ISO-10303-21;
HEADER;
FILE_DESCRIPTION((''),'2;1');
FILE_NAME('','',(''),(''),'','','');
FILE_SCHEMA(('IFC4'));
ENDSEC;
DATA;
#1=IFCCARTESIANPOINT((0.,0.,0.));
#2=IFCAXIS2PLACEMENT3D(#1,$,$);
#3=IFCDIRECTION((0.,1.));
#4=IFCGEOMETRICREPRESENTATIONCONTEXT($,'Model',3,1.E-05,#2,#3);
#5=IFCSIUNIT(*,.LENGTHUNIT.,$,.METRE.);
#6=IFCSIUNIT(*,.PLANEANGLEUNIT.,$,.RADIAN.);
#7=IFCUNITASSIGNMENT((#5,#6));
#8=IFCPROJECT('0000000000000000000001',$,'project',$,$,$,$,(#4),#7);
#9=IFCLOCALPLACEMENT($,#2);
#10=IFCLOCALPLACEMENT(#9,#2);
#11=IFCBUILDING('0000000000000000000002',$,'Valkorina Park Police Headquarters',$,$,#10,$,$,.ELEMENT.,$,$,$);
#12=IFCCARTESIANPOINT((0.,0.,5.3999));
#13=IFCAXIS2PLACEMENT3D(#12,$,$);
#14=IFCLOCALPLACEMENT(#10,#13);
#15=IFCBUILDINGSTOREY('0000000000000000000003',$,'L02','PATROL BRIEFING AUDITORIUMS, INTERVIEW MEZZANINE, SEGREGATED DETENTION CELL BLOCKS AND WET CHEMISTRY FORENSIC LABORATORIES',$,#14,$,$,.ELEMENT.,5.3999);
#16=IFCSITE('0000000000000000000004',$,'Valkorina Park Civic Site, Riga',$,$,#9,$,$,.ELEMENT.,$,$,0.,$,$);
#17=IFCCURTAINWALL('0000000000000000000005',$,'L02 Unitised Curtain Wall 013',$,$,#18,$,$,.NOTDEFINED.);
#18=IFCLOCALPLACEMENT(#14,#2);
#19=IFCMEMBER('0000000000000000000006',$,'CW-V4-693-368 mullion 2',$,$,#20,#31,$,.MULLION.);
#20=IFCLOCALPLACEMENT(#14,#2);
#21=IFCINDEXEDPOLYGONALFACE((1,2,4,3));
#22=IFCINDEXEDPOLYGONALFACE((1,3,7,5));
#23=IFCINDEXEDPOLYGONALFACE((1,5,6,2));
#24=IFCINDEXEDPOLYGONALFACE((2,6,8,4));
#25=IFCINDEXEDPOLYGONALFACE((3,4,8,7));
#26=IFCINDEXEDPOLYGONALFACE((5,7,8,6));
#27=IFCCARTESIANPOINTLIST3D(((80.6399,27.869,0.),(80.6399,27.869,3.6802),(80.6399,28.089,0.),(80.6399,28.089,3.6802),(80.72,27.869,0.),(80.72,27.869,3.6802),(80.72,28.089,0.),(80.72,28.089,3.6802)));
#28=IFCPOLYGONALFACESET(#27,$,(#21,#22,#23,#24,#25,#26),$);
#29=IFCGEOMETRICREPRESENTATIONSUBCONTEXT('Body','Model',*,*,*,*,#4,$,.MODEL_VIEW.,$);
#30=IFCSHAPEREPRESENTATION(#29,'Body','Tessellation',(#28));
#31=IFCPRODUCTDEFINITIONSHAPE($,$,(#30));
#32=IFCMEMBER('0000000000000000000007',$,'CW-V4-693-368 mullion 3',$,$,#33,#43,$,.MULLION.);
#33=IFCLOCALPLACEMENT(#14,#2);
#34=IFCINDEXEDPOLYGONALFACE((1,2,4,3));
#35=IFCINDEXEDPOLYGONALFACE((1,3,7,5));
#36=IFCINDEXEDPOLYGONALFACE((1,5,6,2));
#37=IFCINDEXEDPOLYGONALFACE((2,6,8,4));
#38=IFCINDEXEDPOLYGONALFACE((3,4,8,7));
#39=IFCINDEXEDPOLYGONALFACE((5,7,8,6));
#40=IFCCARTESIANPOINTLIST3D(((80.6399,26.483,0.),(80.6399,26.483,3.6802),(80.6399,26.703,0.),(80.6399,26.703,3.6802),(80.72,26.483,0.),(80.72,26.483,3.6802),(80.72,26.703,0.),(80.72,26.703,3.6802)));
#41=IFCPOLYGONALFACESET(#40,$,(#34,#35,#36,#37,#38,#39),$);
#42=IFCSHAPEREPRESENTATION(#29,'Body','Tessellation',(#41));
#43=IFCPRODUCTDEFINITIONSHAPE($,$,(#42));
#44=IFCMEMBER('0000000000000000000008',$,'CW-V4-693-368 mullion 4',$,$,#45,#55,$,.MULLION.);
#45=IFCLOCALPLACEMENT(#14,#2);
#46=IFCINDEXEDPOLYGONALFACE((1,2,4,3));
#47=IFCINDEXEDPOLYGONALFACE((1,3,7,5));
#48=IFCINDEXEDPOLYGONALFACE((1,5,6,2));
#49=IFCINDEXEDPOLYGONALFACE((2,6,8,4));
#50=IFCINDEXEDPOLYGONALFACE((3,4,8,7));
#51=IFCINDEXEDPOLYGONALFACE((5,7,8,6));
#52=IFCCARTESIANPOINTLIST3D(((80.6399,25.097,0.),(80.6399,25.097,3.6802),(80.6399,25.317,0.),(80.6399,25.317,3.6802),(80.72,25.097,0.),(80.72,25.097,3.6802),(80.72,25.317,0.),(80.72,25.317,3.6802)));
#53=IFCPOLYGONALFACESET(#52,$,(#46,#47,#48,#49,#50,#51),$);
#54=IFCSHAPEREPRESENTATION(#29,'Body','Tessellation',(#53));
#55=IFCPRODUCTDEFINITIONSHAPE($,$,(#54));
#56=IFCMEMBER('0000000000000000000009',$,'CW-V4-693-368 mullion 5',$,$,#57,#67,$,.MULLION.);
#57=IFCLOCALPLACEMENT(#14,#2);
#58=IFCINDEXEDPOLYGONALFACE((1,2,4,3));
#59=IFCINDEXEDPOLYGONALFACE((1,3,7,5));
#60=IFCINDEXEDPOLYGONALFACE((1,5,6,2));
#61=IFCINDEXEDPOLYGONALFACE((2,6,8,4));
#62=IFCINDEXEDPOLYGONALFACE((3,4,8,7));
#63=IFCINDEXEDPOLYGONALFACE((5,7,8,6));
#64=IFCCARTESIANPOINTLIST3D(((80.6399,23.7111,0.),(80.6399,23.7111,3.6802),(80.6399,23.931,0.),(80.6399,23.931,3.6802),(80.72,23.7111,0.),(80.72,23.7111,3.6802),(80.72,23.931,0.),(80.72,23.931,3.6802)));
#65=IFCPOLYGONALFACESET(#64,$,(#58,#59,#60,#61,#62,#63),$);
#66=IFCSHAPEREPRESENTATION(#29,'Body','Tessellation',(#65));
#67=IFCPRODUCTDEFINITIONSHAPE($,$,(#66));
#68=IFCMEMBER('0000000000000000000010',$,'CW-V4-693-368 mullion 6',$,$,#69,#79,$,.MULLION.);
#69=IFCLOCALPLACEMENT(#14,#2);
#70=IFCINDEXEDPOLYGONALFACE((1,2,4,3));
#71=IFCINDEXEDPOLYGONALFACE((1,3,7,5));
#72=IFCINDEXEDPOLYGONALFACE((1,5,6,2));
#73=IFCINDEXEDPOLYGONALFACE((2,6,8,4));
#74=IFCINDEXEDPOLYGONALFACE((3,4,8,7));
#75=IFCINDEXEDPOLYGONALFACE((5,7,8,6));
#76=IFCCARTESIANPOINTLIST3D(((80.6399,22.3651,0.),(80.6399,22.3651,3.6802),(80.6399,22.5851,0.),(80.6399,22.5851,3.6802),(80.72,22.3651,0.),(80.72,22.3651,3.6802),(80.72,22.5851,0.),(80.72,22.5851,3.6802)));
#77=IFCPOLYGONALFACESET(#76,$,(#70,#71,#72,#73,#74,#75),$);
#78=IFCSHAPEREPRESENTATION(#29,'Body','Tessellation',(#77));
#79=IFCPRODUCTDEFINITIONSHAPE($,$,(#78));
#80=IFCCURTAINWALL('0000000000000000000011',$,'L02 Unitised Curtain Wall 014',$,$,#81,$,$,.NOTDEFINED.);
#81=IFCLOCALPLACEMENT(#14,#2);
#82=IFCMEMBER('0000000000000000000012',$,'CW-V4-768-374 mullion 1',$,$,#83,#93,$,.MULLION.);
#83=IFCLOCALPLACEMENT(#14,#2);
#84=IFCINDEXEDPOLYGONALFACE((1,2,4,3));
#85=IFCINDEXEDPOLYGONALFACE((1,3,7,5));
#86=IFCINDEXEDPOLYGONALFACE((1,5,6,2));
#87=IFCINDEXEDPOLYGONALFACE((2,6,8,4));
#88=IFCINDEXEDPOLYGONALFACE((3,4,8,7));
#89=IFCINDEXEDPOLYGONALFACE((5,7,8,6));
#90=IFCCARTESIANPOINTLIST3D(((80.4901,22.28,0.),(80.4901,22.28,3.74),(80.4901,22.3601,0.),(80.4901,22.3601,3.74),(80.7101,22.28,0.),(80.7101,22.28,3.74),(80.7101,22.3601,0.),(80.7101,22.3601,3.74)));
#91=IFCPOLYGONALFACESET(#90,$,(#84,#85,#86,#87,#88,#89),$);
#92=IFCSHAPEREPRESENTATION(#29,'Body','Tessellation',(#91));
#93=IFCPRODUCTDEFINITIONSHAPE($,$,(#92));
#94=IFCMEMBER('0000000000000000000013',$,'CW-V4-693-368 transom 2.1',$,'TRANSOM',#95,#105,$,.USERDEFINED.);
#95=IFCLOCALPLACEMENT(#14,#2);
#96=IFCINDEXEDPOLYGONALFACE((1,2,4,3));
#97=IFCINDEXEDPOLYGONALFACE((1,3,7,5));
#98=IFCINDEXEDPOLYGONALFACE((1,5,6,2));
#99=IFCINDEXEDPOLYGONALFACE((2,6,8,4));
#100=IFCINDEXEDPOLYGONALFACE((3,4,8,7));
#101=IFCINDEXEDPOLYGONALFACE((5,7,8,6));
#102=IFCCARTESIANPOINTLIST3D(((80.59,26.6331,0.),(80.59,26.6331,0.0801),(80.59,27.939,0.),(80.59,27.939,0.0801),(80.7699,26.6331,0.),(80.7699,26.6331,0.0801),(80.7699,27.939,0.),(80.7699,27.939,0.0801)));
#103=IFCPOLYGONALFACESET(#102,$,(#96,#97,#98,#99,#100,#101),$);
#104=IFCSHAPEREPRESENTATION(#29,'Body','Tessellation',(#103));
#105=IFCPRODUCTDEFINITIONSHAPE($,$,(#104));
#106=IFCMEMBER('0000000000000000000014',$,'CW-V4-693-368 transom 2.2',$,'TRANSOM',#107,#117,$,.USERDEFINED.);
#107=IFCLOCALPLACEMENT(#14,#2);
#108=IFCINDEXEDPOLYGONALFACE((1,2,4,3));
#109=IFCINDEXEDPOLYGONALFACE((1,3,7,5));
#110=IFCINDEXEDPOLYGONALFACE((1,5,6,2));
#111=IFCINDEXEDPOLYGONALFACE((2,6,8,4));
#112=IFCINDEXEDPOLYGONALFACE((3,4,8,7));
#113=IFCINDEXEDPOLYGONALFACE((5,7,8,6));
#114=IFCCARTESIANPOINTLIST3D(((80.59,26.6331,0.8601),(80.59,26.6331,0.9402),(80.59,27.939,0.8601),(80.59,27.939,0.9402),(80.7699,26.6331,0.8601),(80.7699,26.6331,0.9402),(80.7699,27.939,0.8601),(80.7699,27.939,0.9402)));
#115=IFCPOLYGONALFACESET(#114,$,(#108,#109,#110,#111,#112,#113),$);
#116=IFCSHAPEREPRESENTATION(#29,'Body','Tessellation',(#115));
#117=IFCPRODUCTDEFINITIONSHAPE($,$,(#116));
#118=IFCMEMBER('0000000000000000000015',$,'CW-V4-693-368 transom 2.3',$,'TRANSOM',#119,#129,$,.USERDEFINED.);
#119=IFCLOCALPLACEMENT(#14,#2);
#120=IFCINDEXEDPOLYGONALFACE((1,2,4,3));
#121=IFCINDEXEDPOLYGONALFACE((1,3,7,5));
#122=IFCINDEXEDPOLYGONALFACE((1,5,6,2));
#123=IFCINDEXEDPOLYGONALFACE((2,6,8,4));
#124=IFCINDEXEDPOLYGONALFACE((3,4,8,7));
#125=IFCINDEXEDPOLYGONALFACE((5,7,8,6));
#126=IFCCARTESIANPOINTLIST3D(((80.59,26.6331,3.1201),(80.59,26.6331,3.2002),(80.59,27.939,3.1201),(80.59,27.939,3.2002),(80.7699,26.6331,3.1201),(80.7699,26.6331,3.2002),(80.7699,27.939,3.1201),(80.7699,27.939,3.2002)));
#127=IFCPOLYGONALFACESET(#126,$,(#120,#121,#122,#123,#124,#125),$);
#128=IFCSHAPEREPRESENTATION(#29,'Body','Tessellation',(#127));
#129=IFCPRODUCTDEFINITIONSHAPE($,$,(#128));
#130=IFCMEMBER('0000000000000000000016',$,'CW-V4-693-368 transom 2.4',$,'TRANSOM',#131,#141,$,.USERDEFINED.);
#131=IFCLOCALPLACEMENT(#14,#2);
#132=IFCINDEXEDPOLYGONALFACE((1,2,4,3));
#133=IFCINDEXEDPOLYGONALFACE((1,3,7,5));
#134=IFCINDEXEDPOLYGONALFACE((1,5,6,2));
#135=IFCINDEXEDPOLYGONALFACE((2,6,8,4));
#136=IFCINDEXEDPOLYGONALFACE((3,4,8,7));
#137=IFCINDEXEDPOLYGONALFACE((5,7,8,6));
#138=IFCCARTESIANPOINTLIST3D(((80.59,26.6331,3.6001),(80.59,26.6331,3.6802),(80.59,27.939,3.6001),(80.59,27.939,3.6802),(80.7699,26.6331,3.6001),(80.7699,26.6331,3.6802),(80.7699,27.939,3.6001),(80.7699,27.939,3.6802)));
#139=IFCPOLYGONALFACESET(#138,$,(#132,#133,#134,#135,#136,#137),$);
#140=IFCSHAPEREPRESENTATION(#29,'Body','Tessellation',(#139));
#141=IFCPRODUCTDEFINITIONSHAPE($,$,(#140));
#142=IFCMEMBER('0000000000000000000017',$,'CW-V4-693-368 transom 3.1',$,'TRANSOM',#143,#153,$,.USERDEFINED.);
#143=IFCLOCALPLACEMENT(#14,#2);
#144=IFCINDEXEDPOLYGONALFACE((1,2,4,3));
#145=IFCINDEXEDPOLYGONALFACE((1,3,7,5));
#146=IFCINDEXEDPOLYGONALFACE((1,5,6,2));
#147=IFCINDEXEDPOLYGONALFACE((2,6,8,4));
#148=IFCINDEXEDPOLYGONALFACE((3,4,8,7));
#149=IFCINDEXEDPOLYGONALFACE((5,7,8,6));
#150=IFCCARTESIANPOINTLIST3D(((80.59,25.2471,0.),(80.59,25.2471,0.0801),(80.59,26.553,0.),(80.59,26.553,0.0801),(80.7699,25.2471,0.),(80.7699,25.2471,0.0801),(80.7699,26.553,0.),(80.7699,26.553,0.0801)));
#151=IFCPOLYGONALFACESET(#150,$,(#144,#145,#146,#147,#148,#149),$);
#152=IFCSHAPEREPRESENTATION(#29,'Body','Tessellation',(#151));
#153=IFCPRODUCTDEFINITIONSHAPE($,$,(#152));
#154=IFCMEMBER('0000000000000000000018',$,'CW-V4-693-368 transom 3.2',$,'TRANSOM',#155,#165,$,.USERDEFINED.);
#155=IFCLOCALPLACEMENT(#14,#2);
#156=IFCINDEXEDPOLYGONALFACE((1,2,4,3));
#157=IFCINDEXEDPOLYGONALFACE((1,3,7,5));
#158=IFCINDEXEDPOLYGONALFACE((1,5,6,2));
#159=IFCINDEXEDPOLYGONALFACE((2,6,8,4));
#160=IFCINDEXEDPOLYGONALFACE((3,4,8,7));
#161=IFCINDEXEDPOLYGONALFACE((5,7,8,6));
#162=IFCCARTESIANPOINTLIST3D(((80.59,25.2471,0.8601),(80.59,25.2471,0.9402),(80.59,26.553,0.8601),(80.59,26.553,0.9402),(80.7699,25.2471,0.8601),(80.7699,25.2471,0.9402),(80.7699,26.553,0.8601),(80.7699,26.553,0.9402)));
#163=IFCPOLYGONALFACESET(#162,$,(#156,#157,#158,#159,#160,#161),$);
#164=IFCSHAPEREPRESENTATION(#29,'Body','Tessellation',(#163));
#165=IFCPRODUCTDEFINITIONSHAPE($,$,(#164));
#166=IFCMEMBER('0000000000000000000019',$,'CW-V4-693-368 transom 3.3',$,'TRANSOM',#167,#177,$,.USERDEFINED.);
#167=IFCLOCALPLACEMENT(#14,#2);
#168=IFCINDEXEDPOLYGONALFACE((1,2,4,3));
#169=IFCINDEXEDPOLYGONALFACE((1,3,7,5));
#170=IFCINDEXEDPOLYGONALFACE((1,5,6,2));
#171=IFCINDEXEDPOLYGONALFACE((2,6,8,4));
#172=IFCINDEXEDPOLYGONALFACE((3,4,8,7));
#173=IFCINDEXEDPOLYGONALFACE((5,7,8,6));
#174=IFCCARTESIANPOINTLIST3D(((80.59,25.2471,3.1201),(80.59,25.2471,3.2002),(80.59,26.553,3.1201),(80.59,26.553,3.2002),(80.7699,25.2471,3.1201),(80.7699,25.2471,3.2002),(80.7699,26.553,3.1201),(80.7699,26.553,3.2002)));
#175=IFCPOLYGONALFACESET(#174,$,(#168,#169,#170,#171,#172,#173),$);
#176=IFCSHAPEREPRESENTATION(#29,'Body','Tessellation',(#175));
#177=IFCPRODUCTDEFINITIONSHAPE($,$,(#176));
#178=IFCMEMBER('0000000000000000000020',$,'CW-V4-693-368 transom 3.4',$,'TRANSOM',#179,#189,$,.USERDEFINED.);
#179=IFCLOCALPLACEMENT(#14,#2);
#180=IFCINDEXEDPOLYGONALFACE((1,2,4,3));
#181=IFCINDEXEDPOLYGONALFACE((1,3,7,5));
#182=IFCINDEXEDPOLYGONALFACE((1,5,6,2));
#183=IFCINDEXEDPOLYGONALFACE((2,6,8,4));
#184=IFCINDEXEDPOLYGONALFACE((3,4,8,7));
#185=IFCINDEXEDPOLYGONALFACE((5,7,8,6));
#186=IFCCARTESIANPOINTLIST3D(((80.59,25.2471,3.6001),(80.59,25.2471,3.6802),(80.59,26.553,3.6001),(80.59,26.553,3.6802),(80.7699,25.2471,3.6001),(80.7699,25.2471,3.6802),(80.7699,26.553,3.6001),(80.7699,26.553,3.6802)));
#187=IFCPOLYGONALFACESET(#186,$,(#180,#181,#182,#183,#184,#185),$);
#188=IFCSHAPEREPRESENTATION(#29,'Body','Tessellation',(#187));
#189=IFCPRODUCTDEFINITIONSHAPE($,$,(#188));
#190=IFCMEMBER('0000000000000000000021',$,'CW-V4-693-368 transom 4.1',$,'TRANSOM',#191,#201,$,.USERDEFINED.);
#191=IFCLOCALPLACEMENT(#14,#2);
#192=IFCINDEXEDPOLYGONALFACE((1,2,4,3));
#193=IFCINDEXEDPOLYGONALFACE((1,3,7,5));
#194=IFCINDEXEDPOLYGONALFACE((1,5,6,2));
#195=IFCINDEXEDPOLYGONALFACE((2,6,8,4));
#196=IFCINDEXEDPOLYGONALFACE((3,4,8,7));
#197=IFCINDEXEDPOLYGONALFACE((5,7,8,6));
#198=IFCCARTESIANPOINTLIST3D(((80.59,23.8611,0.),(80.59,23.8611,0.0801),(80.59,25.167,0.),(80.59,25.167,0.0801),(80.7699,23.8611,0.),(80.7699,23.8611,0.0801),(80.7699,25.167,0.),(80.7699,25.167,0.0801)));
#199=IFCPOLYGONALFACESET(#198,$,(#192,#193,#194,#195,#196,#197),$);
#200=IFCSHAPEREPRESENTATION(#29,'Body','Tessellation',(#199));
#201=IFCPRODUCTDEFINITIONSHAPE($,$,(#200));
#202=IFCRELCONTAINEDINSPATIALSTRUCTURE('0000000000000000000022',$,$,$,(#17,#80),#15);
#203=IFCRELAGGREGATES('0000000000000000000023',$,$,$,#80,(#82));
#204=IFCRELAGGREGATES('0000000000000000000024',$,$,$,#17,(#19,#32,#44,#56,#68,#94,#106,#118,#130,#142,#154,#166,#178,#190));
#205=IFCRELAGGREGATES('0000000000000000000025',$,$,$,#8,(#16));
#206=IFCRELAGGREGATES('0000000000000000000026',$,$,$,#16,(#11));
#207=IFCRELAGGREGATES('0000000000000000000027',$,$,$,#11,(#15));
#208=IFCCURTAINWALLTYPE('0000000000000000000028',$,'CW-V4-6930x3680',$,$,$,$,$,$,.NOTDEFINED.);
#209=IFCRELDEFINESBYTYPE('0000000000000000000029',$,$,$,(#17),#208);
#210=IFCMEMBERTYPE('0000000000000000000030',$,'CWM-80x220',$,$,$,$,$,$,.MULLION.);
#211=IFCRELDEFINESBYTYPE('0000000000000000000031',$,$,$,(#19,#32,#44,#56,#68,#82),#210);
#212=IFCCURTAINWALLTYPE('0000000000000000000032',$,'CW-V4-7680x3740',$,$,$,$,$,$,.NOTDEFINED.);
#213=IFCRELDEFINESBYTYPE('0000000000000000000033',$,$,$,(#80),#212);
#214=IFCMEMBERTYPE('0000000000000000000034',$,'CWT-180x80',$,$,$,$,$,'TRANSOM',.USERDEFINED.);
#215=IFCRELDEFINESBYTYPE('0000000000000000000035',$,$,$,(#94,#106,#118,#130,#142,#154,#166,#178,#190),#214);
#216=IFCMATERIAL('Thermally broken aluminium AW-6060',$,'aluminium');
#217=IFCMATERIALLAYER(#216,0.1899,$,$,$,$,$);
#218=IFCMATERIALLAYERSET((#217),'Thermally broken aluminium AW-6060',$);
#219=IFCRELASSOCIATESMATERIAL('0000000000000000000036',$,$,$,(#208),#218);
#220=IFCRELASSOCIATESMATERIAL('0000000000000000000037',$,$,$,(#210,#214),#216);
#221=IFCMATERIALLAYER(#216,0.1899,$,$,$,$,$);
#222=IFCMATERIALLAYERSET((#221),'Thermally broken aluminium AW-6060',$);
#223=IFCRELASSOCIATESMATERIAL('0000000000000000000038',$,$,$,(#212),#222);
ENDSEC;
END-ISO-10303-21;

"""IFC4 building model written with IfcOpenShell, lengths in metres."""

from ifc_helpers import new_model, si_unit, direction, frame, origin, origin_2d, place, context, subcontext, project, spatial, rectangle, extrude, material, layer, layer_set, material_profile, profile_set, type_object, element, aggregate, save


model = new_model("IFC4")

# Units and contexts
model_context = context("Model", 3, precision=1e-05, world=origin(), true_north=direction((0.0, 1.0)))
body_context = subcontext(model_context, "Body", "Model", "MODEL_VIEW")
ifc_project = project(units=[si_unit("LENGTHUNIT", "METRE"), si_unit("PLANEANGLEUNIT", "RADIAN")], contexts=[model_context])

# Site, building, storey
site_placement = place(None, origin())
site = spatial("IfcSite", under=ifc_project, at=site_placement, Name="Valkorina Park Civic Site, Riga", CompositionType="ELEMENT", RefElevation=0.0)
building_placement = place(site_placement, origin())
building = spatial("IfcBuilding", under=site, at=building_placement, Name="Valkorina Park Police Headquarters", CompositionType="ELEMENT")
storey_placement = place(building_placement, frame((0.0, 0.0, 5.3999)))
storey = spatial("IfcBuildingStorey", under=building, at=storey_placement, Name="L02", Description="PATROL BRIEFING AUDITORIUMS, INTERVIEW MEZZANINE, SEGREGATED DETENTION CELL BLOCKS AND WET CHEMISTRY FORENSIC LABORATORIES", CompositionType="ELEMENT", Elevation=5.3999)

# Curtain wall, members
ifc_material_1 = material(Name="Thermally broken aluminium AW-6060", Category="aluminium")
ifc_layer_1 = layer(ifc_material_1, 0.1899)
ifc_layer_set_1 = layer_set([ifc_layer_1], Name="Thermally broken aluminium AW-6060")
curtain_wall_type_1 = type_object("IfcCurtainWallType", Name="CW-V4-6930x3680", PredefinedType="NOTDEFINED", material=ifc_layer_set_1)
curtain_wall_1_placement = place(storey_placement, origin())
curtain_wall_1 = element("IfcCurtainWall", 1, at=curtain_wall_1_placement, inside=storey, type_object=curtain_wall_type_1, Name="L02 Unitised Curtain Wall 013", PredefinedType="NOTDEFINED")
ifc_material_profile_1 = material_profile(ifc_material_1, rectangle(XDim=0.0801, YDim=0.22, at=origin_2d()), Name="CWM-03 80x220")
ifc_profile_set_1 = profile_set([ifc_material_profile_1], Name="Thermally broken aluminium AW-6060")
member_type_1 = type_object("IfcMemberType", Name="CWM-80x220", PredefinedType="MULLION", material=ifc_profile_set_1)
member_1_placement = place(storey_placement, frame((80.6799, 27.979, 0.0), z_axis=(0.0, 0.0, 1.0), x_axis=(1.0, 0.0, 0.0)))
member_1 = element("IfcMember", 2, at=member_1_placement, type_object=member_type_1, Name="CW-V4-693-368 mullion 2", PredefinedType="MULLION", context=body_context, shape_type="SweptSolid", body=[
    extrude(rectangle(XDim=0.0801, YDim=0.22, at=origin_2d()), origin(), (0.0, 0.0, 1.0), 3.6802),
])
member_2_placement = place(storey_placement, frame((80.6799, 26.593, 0.0), z_axis=(0.0, 0.0, 1.0), x_axis=(1.0, 0.0, 0.0)))
member_2 = element("IfcMember", 3, at=member_2_placement, type_object=member_type_1, Name="CW-V4-693-368 mullion 3", PredefinedType="MULLION", context=body_context, shape_type="SweptSolid", body=[
    extrude(rectangle(XDim=0.0801, YDim=0.22, at=origin_2d()), origin(), (0.0, 0.0, 1.0), 3.6802),
])
member_3_placement = place(storey_placement, frame((80.6799, 25.207, 0.0), z_axis=(0.0, 0.0, 1.0), x_axis=(1.0, 0.0, 0.0)))
member_3 = element("IfcMember", 4, at=member_3_placement, type_object=member_type_1, Name="CW-V4-693-368 mullion 4", PredefinedType="MULLION", context=body_context, shape_type="SweptSolid", body=[
    extrude(rectangle(XDim=0.0801, YDim=0.22, at=origin_2d()), origin(), (0.0, 0.0, 1.0), 3.6802),
])
member_4_placement = place(storey_placement, frame((80.6799, 23.821, 0.0), z_axis=(0.0, 0.0, 1.0), x_axis=(1.0, 0.0, 0.0)))
member_4 = element("IfcMember", 5, at=member_4_placement, type_object=member_type_1, Name="CW-V4-693-368 mullion 5", PredefinedType="MULLION", context=body_context, shape_type="SweptSolid", body=[
    extrude(rectangle(XDim=0.0801, YDim=0.22, at=origin_2d()), origin(), (0.0, 0.0, 1.0), 3.6802),
])
member_5_placement = place(storey_placement, frame((80.6799, 22.4751, 0.0), z_axis=(0.0, 0.0, 1.0), x_axis=(1.0, 0.0, 0.0)))
member_5 = element("IfcMember", 6, at=member_5_placement, type_object=member_type_1, Name="CW-V4-693-368 mullion 6", PredefinedType="MULLION", context=body_context, shape_type="SweptSolid", body=[
    extrude(rectangle(XDim=0.0801, YDim=0.22, at=origin_2d()), origin(), (0.0, 0.0, 1.0), 3.6802),
])

# Curtain wall, member
ifc_layer_2 = layer(ifc_material_1, 0.1899)
ifc_layer_set_2 = layer_set([ifc_layer_2], Name="Thermally broken aluminium AW-6060")
curtain_wall_type_2 = type_object("IfcCurtainWallType", Name="CW-V4-7680x3740", PredefinedType="NOTDEFINED", material=ifc_layer_set_2)
curtain_wall_2_placement = place(storey_placement, origin())
curtain_wall_2 = element("IfcCurtainWall", 7, at=curtain_wall_2_placement, inside=storey, type_object=curtain_wall_type_2, Name="L02 Unitised Curtain Wall 014", PredefinedType="NOTDEFINED")
member_6_placement = place(storey_placement, frame((80.6001, 22.3201, 0.0), z_axis=(0.0, 0.0, 1.0), x_axis=(0.0, -1.0, 0.0)))
member_6 = element("IfcMember", 8, at=member_6_placement, type_object=member_type_1, Name="CW-V4-768-374 mullion 1", PredefinedType="MULLION", context=body_context, shape_type="SweptSolid", body=[
    extrude(rectangle(XDim=0.0801, YDim=0.22, at=origin_2d()), origin(), (0.0, 0.0, 1.0), 3.74),
])
aggregate(curtain_wall_2, [member_6])

# Members
ifc_material_profile_2 = material_profile(ifc_material_1, rectangle(XDim=0.1799, YDim=0.0801, at=origin_2d()), Name="CWT-03 180x80")
ifc_profile_set_2 = profile_set([ifc_material_profile_2], Name="Thermally broken aluminium AW-6060")
member_type_2 = type_object("IfcMemberType", Name="CWT-180x80", ElementType="TRANSOM", PredefinedType="USERDEFINED", material=ifc_profile_set_2)
member_7_placement = place(storey_placement, frame((80.6799, 27.939, 0.04), z_axis=(0.0, -1.0, 0.0), x_axis=(1.0, 0.0, 0.0)))
member_7 = element("IfcMember", 9, at=member_7_placement, type_object=member_type_2, Name="CW-V4-693-368 transom 2.1", ObjectType="TRANSOM", PredefinedType="USERDEFINED", context=body_context, shape_type="SweptSolid", body=[
    extrude(rectangle(XDim=0.1799, YDim=0.0801, at=origin_2d()), origin(), (0.0, 0.0, 1.0), 1.3059),
])
member_8_placement = place(storey_placement, frame((80.6799, 27.939, 0.9001), z_axis=(0.0, -1.0, 0.0), x_axis=(1.0, 0.0, 0.0)))
member_8 = element("IfcMember", 10, at=member_8_placement, type_object=member_type_2, Name="CW-V4-693-368 transom 2.2", ObjectType="TRANSOM", PredefinedType="USERDEFINED", context=body_context, shape_type="SweptSolid", body=[
    extrude(rectangle(XDim=0.1799, YDim=0.0801, at=origin_2d()), origin(), (0.0, 0.0, 1.0), 1.3059),
])
member_9_placement = place(storey_placement, frame((80.6799, 27.939, 3.1602), z_axis=(0.0, -1.0, 0.0), x_axis=(1.0, 0.0, 0.0)))
member_9 = element("IfcMember", 11, at=member_9_placement, type_object=member_type_2, Name="CW-V4-693-368 transom 2.3", ObjectType="TRANSOM", PredefinedType="USERDEFINED", context=body_context, shape_type="SweptSolid", body=[
    extrude(rectangle(XDim=0.1799, YDim=0.0801, at=origin_2d()), origin(), (0.0, 0.0, 1.0), 1.3059),
])
member_10_placement = place(storey_placement, frame((80.6799, 27.939, 3.6401), z_axis=(0.0, -1.0, 0.0), x_axis=(1.0, 0.0, 0.0)))
member_10 = element("IfcMember", 12, at=member_10_placement, type_object=member_type_2, Name="CW-V4-693-368 transom 2.4", ObjectType="TRANSOM", PredefinedType="USERDEFINED", context=body_context, shape_type="SweptSolid", body=[
    extrude(rectangle(XDim=0.1799, YDim=0.0801, at=origin_2d()), origin(), (0.0, 0.0, 1.0), 1.3059),
])
member_11_placement = place(storey_placement, frame((80.6799, 26.553, 0.04), z_axis=(0.0, -1.0, 0.0), x_axis=(1.0, 0.0, 0.0)))
member_11 = element("IfcMember", 13, at=member_11_placement, type_object=member_type_2, Name="CW-V4-693-368 transom 3.1", ObjectType="TRANSOM", PredefinedType="USERDEFINED", context=body_context, shape_type="SweptSolid", body=[
    extrude(rectangle(XDim=0.1799, YDim=0.0801, at=origin_2d()), origin(), (0.0, 0.0, 1.0), 1.3059),
])
member_12_placement = place(storey_placement, frame((80.6799, 26.553, 0.9001), z_axis=(0.0, -1.0, 0.0), x_axis=(1.0, 0.0, 0.0)))
member_12 = element("IfcMember", 14, at=member_12_placement, type_object=member_type_2, Name="CW-V4-693-368 transom 3.2", ObjectType="TRANSOM", PredefinedType="USERDEFINED", context=body_context, shape_type="SweptSolid", body=[
    extrude(rectangle(XDim=0.1799, YDim=0.0801, at=origin_2d()), origin(), (0.0, 0.0, 1.0), 1.3059),
])
member_13_placement = place(storey_placement, frame((80.6799, 26.553, 3.1602), z_axis=(0.0, -1.0, 0.0), x_axis=(1.0, 0.0, 0.0)))
member_13 = element("IfcMember", 15, at=member_13_placement, type_object=member_type_2, Name="CW-V4-693-368 transom 3.3", ObjectType="TRANSOM", PredefinedType="USERDEFINED", context=body_context, shape_type="SweptSolid", body=[
    extrude(rectangle(XDim=0.1799, YDim=0.0801, at=origin_2d()), origin(), (0.0, 0.0, 1.0), 1.3059),
])
member_14_placement = place(storey_placement, frame((80.6799, 26.553, 3.6401), z_axis=(0.0, -1.0, 0.0), x_axis=(1.0, 0.0, 0.0)))
member_14 = element("IfcMember", 16, at=member_14_placement, type_object=member_type_2, Name="CW-V4-693-368 transom 3.4", ObjectType="TRANSOM", PredefinedType="USERDEFINED", context=body_context, shape_type="SweptSolid", body=[
    extrude(rectangle(XDim=0.1799, YDim=0.0801, at=origin_2d()), origin(), (0.0, 0.0, 1.0), 1.3059),
])
member_15_placement = place(storey_placement, frame((80.6799, 25.167, 0.04), z_axis=(0.0, -1.0, 0.0), x_axis=(1.0, 0.0, 0.0)))
member_15 = element("IfcMember", 17, at=member_15_placement, type_object=member_type_2, Name="CW-V4-693-368 transom 4.1", ObjectType="TRANSOM", PredefinedType="USERDEFINED", context=body_context, shape_type="SweptSolid", body=[
    extrude(rectangle(XDim=0.1799, YDim=0.0801, at=origin_2d()), origin(), (0.0, 0.0, 1.0), 1.3059),
])

aggregate(curtain_wall_1, [member_1, member_2, member_3, member_4, member_5, member_7, member_8, member_9, member_10, member_11, member_12, member_13, member_14, member_15])

save(model, "model.ifc")
